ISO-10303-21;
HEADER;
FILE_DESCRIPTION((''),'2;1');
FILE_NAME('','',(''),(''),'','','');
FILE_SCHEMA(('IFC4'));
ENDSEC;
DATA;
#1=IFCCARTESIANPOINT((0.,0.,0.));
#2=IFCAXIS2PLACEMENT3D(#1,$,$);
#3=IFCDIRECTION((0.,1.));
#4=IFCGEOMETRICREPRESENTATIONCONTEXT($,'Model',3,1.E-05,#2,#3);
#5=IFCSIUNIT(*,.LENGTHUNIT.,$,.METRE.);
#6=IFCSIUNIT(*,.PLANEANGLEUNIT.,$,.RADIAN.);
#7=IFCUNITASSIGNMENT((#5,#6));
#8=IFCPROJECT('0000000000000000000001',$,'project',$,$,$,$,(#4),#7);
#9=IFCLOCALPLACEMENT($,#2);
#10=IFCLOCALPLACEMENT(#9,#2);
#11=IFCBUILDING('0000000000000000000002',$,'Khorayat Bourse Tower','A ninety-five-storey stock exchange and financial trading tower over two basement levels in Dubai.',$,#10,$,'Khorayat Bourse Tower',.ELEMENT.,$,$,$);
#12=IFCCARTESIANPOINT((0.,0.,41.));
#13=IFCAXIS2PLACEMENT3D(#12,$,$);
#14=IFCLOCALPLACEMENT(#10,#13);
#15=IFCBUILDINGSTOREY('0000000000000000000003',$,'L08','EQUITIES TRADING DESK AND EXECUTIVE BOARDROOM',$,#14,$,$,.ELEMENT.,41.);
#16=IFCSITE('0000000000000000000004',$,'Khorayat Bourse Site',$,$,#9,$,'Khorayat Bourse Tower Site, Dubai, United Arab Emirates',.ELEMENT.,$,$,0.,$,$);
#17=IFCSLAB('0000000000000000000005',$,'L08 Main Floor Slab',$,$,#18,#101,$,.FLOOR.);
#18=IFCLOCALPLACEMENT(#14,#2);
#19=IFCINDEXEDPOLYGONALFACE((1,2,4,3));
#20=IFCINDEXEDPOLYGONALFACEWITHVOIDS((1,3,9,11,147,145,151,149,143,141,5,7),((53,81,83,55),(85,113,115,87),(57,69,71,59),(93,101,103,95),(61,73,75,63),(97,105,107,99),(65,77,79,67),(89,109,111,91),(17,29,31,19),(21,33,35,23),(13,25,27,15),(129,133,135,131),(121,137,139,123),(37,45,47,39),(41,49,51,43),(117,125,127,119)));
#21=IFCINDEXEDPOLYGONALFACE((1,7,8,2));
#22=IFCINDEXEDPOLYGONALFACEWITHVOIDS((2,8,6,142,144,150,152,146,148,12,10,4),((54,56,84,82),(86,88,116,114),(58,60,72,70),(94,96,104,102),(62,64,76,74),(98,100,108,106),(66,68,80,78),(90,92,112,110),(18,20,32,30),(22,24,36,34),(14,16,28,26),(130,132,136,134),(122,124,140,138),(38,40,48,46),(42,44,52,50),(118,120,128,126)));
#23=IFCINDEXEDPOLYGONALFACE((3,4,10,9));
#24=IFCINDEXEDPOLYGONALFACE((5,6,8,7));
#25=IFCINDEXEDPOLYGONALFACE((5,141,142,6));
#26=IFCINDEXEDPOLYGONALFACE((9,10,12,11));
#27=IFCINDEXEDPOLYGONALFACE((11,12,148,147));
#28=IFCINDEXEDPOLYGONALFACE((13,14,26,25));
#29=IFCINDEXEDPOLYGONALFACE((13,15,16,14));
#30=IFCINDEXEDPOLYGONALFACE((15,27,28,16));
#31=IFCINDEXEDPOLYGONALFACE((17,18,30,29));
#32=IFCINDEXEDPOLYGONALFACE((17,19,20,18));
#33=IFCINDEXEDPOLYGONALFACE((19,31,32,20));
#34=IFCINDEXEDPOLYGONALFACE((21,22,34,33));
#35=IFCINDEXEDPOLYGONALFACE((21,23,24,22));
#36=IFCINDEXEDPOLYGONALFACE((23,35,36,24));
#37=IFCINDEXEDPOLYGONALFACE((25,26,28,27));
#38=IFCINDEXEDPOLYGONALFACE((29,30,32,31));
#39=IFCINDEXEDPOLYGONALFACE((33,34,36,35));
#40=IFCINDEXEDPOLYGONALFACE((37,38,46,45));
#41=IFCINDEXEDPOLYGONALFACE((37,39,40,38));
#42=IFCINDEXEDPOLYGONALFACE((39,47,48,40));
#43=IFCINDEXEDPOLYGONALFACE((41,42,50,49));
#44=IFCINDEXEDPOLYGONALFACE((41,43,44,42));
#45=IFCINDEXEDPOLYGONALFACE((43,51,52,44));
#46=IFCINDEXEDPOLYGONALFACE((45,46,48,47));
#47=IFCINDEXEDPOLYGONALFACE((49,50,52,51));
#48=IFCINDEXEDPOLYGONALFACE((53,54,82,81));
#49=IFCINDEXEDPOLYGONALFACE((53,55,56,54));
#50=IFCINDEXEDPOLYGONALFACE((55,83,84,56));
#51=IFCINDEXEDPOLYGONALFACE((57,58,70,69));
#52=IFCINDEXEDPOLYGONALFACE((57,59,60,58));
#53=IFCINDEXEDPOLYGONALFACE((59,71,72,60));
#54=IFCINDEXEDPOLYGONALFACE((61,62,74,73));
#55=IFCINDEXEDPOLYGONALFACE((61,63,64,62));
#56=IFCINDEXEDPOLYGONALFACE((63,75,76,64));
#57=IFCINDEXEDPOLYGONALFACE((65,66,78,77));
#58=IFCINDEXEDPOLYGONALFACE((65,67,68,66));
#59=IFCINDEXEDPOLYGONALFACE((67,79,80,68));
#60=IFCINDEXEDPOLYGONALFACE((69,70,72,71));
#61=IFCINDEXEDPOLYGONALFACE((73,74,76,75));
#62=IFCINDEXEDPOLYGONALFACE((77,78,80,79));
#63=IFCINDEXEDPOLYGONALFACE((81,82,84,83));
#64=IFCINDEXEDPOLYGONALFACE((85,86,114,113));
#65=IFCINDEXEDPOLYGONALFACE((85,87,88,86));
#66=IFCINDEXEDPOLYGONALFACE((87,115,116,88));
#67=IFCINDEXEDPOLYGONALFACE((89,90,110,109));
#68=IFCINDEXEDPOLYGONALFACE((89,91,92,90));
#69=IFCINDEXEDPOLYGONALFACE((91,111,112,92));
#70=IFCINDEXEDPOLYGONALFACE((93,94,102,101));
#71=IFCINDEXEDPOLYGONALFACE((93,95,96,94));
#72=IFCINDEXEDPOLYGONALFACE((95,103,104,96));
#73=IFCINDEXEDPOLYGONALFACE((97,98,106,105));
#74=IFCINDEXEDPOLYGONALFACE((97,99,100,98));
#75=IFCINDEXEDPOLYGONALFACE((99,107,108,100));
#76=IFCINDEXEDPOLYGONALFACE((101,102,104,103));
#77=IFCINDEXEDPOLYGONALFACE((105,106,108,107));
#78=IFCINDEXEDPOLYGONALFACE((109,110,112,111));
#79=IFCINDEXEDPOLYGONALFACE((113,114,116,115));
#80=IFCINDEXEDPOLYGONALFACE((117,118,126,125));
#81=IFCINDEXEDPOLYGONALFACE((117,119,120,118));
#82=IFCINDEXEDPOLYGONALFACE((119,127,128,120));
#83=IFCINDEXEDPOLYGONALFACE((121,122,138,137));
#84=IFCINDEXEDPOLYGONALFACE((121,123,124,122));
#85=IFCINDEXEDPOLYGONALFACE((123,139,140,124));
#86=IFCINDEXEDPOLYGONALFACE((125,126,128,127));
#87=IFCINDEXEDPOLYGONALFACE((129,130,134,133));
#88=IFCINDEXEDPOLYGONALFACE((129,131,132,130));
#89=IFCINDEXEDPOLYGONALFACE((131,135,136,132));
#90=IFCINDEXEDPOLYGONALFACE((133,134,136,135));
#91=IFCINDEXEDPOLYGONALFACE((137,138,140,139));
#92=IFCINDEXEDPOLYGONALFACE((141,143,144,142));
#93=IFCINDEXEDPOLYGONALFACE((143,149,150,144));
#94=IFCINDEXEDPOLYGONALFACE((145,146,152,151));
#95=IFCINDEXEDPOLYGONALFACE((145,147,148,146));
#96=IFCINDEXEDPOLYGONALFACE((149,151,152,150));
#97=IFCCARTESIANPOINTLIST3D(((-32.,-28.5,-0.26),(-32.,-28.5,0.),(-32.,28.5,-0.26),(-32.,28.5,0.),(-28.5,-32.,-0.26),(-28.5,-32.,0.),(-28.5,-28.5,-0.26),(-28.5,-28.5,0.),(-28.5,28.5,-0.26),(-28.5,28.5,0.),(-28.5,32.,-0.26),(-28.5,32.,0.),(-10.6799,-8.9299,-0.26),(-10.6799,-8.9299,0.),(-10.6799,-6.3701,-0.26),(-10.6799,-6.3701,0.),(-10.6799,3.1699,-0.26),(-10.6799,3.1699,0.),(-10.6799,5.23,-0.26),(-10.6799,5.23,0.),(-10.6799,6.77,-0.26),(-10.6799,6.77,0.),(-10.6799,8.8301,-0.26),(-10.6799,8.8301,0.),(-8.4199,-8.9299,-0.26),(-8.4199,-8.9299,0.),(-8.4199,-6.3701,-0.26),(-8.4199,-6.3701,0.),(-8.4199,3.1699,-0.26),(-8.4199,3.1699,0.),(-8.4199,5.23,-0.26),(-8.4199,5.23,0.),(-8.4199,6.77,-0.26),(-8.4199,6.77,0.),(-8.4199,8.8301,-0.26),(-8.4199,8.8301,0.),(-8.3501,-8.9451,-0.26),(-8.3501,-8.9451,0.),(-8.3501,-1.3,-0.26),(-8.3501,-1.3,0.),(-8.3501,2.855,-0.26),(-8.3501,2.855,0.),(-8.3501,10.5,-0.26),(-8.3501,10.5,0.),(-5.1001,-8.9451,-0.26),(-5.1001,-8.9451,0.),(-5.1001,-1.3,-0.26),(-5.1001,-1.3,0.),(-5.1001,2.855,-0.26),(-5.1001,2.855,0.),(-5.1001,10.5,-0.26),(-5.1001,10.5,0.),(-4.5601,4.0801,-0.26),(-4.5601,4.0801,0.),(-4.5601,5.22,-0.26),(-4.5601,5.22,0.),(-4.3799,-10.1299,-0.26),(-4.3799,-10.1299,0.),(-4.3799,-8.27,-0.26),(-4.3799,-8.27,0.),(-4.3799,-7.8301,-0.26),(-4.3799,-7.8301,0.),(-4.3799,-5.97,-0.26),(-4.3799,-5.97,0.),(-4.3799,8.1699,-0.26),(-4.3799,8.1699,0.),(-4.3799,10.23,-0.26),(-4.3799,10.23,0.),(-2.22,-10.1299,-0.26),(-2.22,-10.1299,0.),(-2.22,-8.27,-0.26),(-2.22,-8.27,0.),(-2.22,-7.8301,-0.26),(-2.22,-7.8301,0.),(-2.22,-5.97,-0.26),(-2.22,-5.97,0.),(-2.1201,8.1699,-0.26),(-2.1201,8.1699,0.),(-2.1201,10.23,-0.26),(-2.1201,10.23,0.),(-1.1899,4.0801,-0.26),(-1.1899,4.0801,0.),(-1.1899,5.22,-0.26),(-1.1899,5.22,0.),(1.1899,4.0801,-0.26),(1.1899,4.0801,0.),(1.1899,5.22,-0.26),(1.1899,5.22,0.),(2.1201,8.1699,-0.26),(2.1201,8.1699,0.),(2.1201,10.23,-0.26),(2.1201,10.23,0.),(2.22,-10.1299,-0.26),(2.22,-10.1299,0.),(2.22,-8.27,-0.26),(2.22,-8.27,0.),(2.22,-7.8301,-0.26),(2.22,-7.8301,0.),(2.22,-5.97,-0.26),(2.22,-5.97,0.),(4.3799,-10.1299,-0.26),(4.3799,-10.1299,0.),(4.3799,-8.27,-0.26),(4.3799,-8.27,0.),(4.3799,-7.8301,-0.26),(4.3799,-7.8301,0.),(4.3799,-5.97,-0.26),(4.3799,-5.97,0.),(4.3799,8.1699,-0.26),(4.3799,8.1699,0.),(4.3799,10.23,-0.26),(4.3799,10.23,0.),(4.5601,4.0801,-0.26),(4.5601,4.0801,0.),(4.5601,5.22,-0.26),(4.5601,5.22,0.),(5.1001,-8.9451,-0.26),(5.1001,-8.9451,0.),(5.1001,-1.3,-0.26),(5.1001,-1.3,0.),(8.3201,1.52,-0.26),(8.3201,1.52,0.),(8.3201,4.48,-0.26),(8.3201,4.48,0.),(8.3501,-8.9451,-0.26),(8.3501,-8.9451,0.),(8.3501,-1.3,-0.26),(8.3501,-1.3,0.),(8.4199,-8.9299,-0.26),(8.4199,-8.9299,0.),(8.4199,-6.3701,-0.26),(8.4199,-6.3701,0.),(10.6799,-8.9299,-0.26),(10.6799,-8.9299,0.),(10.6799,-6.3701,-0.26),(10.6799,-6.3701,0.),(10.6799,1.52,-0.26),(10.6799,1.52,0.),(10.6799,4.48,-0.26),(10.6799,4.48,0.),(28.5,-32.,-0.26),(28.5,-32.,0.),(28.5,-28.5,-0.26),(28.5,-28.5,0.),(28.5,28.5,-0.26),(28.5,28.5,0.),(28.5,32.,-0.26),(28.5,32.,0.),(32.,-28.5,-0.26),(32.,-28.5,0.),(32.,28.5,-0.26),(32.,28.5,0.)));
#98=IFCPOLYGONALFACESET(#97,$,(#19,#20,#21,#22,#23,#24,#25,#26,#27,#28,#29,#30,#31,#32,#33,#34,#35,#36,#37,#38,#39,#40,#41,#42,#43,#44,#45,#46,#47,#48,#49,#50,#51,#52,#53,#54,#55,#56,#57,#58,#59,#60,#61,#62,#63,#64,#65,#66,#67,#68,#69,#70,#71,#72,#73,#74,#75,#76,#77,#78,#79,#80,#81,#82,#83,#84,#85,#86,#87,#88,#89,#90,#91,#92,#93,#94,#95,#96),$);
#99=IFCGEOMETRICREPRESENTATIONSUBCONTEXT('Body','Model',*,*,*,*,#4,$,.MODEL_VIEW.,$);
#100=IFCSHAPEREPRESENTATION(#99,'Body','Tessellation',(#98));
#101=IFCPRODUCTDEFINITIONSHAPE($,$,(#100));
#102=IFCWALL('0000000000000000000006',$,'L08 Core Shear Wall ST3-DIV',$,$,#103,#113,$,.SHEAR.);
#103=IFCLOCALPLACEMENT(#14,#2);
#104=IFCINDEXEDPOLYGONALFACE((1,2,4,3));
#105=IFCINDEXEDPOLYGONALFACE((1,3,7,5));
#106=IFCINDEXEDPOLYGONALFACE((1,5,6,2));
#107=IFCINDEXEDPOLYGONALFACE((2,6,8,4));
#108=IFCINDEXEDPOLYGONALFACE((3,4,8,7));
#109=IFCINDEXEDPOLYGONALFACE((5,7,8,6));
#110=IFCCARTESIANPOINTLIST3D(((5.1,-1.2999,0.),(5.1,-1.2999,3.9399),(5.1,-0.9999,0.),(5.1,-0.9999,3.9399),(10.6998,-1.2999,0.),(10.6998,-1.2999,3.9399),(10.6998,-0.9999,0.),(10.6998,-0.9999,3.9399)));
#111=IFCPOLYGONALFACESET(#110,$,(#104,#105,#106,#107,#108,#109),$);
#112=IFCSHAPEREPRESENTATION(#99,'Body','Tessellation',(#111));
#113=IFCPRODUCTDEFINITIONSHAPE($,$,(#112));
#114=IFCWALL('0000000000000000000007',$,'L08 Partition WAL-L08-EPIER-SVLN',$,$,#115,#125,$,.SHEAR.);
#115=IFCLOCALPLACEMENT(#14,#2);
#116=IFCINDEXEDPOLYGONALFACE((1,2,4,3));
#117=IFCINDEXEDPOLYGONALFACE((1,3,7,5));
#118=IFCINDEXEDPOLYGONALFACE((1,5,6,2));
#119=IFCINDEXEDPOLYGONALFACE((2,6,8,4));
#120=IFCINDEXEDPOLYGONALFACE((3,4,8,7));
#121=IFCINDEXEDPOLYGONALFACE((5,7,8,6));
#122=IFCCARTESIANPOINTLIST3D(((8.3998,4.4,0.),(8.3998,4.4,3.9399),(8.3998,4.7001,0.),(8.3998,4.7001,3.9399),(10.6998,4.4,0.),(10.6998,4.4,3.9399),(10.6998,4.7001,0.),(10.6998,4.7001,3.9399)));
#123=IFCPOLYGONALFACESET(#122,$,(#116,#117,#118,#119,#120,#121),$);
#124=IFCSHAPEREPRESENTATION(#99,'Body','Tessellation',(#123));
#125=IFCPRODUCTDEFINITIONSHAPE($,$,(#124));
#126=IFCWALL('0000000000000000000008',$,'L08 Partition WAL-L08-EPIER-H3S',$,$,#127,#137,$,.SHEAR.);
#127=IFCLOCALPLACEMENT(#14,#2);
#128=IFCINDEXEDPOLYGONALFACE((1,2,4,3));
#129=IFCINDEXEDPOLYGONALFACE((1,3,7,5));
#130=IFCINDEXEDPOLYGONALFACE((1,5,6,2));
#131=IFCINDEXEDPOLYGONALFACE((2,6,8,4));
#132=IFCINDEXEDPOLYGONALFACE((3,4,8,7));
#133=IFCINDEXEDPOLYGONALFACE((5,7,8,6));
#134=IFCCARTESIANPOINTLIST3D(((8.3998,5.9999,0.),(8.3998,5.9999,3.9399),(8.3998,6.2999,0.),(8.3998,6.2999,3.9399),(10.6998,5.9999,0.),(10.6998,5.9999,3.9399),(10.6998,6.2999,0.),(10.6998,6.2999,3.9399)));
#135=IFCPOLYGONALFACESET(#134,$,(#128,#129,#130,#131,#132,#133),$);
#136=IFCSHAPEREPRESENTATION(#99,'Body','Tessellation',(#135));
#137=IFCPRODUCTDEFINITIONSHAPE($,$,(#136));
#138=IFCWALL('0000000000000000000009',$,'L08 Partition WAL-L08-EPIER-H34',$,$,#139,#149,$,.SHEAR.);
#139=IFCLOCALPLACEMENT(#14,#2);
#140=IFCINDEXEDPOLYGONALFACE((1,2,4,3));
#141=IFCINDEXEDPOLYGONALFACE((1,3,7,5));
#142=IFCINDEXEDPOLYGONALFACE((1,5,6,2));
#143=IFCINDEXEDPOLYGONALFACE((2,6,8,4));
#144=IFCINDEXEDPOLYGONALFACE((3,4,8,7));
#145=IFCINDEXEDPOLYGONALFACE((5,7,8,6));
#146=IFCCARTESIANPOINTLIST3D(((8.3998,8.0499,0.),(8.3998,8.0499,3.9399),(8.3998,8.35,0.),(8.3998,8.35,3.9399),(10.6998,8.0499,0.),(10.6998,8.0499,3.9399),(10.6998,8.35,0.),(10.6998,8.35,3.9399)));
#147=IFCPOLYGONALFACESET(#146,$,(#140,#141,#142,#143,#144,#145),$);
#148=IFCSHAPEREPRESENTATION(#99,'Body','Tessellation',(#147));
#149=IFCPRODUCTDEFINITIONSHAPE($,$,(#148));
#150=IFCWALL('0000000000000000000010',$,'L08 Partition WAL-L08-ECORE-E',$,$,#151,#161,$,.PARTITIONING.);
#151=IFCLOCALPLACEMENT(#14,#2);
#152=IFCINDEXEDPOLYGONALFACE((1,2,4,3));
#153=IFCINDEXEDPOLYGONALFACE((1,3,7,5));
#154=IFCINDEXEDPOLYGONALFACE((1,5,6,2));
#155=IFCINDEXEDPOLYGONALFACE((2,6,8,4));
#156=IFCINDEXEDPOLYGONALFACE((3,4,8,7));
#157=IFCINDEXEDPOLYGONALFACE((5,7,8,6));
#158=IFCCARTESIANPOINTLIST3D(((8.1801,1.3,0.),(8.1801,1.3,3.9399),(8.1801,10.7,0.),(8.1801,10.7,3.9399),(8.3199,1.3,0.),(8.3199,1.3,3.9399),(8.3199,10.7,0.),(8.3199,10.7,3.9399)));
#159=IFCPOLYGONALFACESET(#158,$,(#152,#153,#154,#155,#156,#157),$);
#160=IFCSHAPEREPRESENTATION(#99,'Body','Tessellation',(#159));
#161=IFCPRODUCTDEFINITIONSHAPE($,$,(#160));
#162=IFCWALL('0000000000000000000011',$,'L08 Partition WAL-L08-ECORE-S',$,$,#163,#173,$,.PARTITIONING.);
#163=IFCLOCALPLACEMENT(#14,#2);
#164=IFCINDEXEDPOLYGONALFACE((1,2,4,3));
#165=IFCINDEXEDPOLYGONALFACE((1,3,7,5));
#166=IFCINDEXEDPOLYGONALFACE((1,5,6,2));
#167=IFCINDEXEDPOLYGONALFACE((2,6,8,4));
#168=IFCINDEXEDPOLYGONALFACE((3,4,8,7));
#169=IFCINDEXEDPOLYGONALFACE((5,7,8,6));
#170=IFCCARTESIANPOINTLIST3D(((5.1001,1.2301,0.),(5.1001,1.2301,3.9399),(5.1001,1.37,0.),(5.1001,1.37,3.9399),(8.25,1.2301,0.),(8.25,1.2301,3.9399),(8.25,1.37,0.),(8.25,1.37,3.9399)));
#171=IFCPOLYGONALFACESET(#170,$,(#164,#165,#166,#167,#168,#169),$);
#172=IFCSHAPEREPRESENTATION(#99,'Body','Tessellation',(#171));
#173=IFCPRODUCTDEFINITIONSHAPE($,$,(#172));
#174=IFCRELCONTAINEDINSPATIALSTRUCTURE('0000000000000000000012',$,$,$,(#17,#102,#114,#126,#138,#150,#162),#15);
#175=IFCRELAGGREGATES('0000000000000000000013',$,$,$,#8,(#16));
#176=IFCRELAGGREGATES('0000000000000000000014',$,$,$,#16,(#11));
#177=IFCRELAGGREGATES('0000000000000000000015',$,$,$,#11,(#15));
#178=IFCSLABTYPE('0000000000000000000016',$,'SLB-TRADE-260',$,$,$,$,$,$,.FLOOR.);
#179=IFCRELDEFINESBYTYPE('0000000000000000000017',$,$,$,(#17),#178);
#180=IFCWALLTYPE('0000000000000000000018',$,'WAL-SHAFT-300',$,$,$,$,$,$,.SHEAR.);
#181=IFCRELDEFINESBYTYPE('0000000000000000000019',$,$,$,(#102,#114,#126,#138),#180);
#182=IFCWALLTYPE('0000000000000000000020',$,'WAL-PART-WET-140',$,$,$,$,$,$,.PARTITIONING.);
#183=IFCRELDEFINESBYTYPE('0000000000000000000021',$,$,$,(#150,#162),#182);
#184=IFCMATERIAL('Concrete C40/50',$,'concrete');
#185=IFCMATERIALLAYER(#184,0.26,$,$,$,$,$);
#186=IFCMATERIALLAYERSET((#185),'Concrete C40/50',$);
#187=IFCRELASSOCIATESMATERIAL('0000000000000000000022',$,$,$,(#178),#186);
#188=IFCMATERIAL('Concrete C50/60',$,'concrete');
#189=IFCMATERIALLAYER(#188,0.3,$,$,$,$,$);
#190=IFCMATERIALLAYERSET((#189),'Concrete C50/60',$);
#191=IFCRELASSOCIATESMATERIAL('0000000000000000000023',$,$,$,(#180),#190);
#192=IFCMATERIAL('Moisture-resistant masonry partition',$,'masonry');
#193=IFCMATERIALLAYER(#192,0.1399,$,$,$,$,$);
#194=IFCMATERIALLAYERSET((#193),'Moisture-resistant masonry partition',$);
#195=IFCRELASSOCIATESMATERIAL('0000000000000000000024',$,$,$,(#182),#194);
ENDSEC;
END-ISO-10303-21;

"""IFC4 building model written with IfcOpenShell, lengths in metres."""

from ifc_helpers import new_model, si_unit, direction, frame, frame_2d, origin, place, context, subcontext, project, spatial, polyline, rectangle, outline, extrude, source, transform, mapped, material, layer, layer_set, type_object, element, save


model = new_model("IFC4")

# Units and contexts
model_context = context("Model", 3, precision=1e-05, world=origin(), true_north=direction((0.0, 1.0)))
body_context = subcontext(model_context, "Body", "Model", "MODEL_VIEW")
ifc_project = project(units=[si_unit("LENGTHUNIT", "METRE"), si_unit("PLANEANGLEUNIT", "RADIAN")], contexts=[model_context])

# Site, building, storey
site_placement = place(None, origin())
site = spatial("IfcSite", under=ifc_project, at=site_placement, Name="Khorayat Bourse Site", LongName="Khorayat Bourse Tower Site, Dubai, United Arab Emirates", CompositionType="ELEMENT", RefElevation=0.0)
building_placement = place(site_placement, origin())
building = spatial("IfcBuilding", under=site, at=building_placement, Name="Khorayat Bourse Tower", Description="A ninety-five-storey stock exchange and financial trading tower over two basement levels in Dubai.", LongName="Khorayat Bourse Tower", CompositionType="ELEMENT")
storey_placement = place(building_placement, frame((0.0, 0.0, 41.0)))
storey = spatial("IfcBuildingStorey", under=building, at=storey_placement, Name="L08", Description="EQUITIES TRADING DESK AND EXECUTIVE BOARDROOM", CompositionType="ELEMENT", Elevation=41.0)

# Shared definitions
ifc_material_1 = material(Name="Concrete C40/50", Category="concrete")

# Slab
ifc_layer_1 = layer(ifc_material_1, 0.26)
ifc_layer_set_1 = layer_set([ifc_layer_1], Name="Concrete C40/50")
slab_type_1 = type_object("IfcSlabType", Name="SLB-TRADE-260", PredefinedType="FLOOR", material=ifc_layer_set_1)
slab_1_placement = place(storey_placement, frame((0.0, 0.0, -0.26)))
element("IfcSlab", 1, at=slab_1_placement, inside=storey, type_object=slab_type_1, Name="L08 Main Floor Slab", PredefinedType="FLOOR", context=body_context, shape_type="SweptSolid", body=[
    extrude(outline(polyline([(-28.5, -32.0), (28.5, -32.0), (28.5, -28.5), (32.0, -28.5), (32.0, 28.5), (28.5, 28.5), (28.5, 32.0), (-28.5, 32.0), (-28.5, 28.5), (-32.0, 28.5), (-32.0, -28.5), (-28.5, -28.5), (-28.5, -32.0)]), holes=[polyline([(-8.3501, -8.9451), (-5.1001, -8.9451), (-5.1001, -1.3), (-8.3501, -1.3), (-8.3501, -8.9451)]), polyline([(-8.3501, 2.855), (-5.1001, 2.855), (-5.1001, 10.5), (-8.3501, 10.5), (-8.3501, 2.855)]), polyline([(5.1001, -8.9451), (8.3501, -8.9451), (8.3501, -1.3), (5.1001, -1.3), (5.1001, -8.9451)]), polyline([(-4.3799, -10.1299), (-2.22, -10.1299), (-2.22, -8.27), (-4.3799, -8.27), (-4.3799, -10.1299)]), polyline([(2.22, -10.1299), (4.3799, -10.1299), (4.3799, -8.27), (2.22, -8.27), (2.22, -10.1299)]), polyline([(-4.3799, -7.8301), (-2.22, -7.8301), (-2.22, -5.97), (-4.3799, -5.97), (-4.3799, -7.8301)]), polyline([(2.22, -7.8301), (4.3799, -7.8301), (4.3799, -5.97), (2.22, -5.97), (2.22, -7.8301)]), polyline([(-4.3799, 8.1699), (-2.1201, 8.1699), (-2.1201, 10.23), (-4.3799, 10.23), (-4.3799, 8.1699)]), polyline([(2.1201, 8.1699), (4.3799, 8.1699), (4.3799, 10.23), (2.1201, 10.23), (2.1201, 8.1699)]), polyline([(-10.6799, 3.1699), (-8.4199, 3.1699), (-8.4199, 5.23), (-10.6799, 5.23), (-10.6799, 3.1699)]), polyline([(-10.6799, 6.77), (-8.4199, 6.77), (-8.4199, 8.8301), (-10.6799, 8.8301), (-10.6799, 6.77)]), polyline([(-10.6799, -8.9299), (-8.4199, -8.9299), (-8.4199, -6.3701), (-10.6799, -6.3701), (-10.6799, -8.9299)]), polyline([(8.4199, -8.9299), (10.6799, -8.9299), (10.6799, -6.3701), (8.4199, -6.3701), (8.4199, -8.9299)]), polyline([(8.3201, 1.52), (10.6799, 1.52), (10.6799, 4.48), (8.3201, 4.48), (8.3201, 1.52)]), polyline([(-4.5601, 4.0801), (-1.1899, 4.0801), (-1.1899, 5.22), (-4.5601, 5.22), (-4.5601, 4.0801)]), polyline([(1.1899, 4.0801), (4.5601, 4.0801), (4.5601, 5.22), (1.1899, 5.22), (1.1899, 4.0801)])]), origin(), (0.0, 0.0, 1.0), 0.26),
])

# Walls
ifc_material_2 = material(Name="Concrete C50/60", Category="concrete")
ifc_layer_2 = layer(ifc_material_2, 0.3)
ifc_layer_set_2 = layer_set([ifc_layer_2], Name="Concrete C50/60")
wall_type_1 = type_object("IfcWallType", Name="WAL-SHAFT-300", PredefinedType="SHEAR", material=ifc_layer_set_2)
shared_shape_1 = source(origin(), body_context, "Body", "SweptSolid", [
    extrude(rectangle(XDim=5.5999, YDim=0.3, at=frame_2d((2.7998, 0.0))), origin(), (0.0, 0.0, 1.0), 3.9399),
])
wall_1_placement = place(storey_placement, frame((5.1001, -1.1499, 0.0), z_axis=(0.0, 0.0, 1.0), x_axis=(1.0, 0.0, 0.0)))
element("IfcWall", 2, at=wall_1_placement, inside=storey, type_object=wall_type_1, Name="L08 Core Shear Wall ST3-DIV", PredefinedType="SHEAR", context=body_context, shape_type="MappedRepresentation", body=[
    mapped(shared_shape_1, transform((0.0, 0.0, 0.0), scale=1.0)),
])
shared_shape_2 = source(origin(), body_context, "Body", "SweptSolid", [
    extrude(rectangle(XDim=2.3, YDim=0.3, at=frame_2d((1.1499, 0.0))), origin(), (0.0, 0.0, 1.0), 3.9399),
])
for number, where, z_axis, x_axis, name in (
    (3, (8.3999, 4.55, 0.0), (0.0, 0.0, 1.0), (1.0, 0.0, 0.0), "L08 Partition WAL-L08-EPIER-SVLN"),
    (4, (8.3999, 6.1499, 0.0), (0.0, 0.0, 1.0), (1.0, 0.0, 0.0), "L08 Partition WAL-L08-EPIER-H3S"),
    (5, (8.3999, 8.2, 0.0), (0.0, 0.0, 1.0), (1.0, 0.0, 0.0), "L08 Partition WAL-L08-EPIER-H34"),
):
    element("IfcWall", number, at=place(storey_placement, frame(where, z_axis=z_axis, x_axis=x_axis)), inside=storey, type_object=wall_type_1, Name=name, PredefinedType="SHEAR", context=body_context, shape_type="MappedRepresentation", body=[
        mapped(shared_shape_2, transform((0.0, 0.0, 0.0), scale=1.0)),
    ])
ifc_material_3 = material(Name="Moisture-resistant masonry partition", Category="masonry")
ifc_layer_3 = layer(ifc_material_3, 0.1399)
ifc_layer_set_3 = layer_set([ifc_layer_3], Name="Moisture-resistant masonry partition")
wall_type_2 = type_object("IfcWallType", Name="WAL-PART-WET-140", PredefinedType="PARTITIONING", material=ifc_layer_set_3)
shared_shape_3 = source(origin(), body_context, "Body", "SweptSolid", [
    extrude(rectangle(XDim=9.3999, YDim=0.1399, at=frame_2d((4.7, 0.0))), origin(), (0.0, 0.0, 1.0), 3.9399),
])
wall_2_placement = place(storey_placement, frame((8.25, 1.3, 0.0), z_axis=(0.0, 0.0, 1.0), x_axis=(0.0, 1.0, 0.0)))
element("IfcWall", 6, at=wall_2_placement, inside=storey, type_object=wall_type_2, Name="L08 Partition WAL-L08-ECORE-E", PredefinedType="PARTITIONING", context=body_context, shape_type="MappedRepresentation", body=[
    mapped(shared_shape_3, transform((0.0, 0.0, 0.0), scale=1.0)),
])
shared_shape_4 = source(origin(), body_context, "Body", "SweptSolid", [
    extrude(rectangle(XDim=3.1499, YDim=0.1399, at=frame_2d((1.575, 0.0))), origin(), (0.0, 0.0, 1.0), 3.9399),
])
wall_3_placement = place(storey_placement, frame((5.1001, 1.3, 0.0), z_axis=(0.0, 0.0, 1.0), x_axis=(1.0, 0.0, 0.0)))
element("IfcWall", 7, at=wall_3_placement, inside=storey, type_object=wall_type_2, Name="L08 Partition WAL-L08-ECORE-S", PredefinedType="PARTITIONING", context=body_context, shape_type="MappedRepresentation", body=[
    mapped(shared_shape_4, transform((0.0, 0.0, 0.0), scale=1.0)),
])

save(model, "model.ifc")
